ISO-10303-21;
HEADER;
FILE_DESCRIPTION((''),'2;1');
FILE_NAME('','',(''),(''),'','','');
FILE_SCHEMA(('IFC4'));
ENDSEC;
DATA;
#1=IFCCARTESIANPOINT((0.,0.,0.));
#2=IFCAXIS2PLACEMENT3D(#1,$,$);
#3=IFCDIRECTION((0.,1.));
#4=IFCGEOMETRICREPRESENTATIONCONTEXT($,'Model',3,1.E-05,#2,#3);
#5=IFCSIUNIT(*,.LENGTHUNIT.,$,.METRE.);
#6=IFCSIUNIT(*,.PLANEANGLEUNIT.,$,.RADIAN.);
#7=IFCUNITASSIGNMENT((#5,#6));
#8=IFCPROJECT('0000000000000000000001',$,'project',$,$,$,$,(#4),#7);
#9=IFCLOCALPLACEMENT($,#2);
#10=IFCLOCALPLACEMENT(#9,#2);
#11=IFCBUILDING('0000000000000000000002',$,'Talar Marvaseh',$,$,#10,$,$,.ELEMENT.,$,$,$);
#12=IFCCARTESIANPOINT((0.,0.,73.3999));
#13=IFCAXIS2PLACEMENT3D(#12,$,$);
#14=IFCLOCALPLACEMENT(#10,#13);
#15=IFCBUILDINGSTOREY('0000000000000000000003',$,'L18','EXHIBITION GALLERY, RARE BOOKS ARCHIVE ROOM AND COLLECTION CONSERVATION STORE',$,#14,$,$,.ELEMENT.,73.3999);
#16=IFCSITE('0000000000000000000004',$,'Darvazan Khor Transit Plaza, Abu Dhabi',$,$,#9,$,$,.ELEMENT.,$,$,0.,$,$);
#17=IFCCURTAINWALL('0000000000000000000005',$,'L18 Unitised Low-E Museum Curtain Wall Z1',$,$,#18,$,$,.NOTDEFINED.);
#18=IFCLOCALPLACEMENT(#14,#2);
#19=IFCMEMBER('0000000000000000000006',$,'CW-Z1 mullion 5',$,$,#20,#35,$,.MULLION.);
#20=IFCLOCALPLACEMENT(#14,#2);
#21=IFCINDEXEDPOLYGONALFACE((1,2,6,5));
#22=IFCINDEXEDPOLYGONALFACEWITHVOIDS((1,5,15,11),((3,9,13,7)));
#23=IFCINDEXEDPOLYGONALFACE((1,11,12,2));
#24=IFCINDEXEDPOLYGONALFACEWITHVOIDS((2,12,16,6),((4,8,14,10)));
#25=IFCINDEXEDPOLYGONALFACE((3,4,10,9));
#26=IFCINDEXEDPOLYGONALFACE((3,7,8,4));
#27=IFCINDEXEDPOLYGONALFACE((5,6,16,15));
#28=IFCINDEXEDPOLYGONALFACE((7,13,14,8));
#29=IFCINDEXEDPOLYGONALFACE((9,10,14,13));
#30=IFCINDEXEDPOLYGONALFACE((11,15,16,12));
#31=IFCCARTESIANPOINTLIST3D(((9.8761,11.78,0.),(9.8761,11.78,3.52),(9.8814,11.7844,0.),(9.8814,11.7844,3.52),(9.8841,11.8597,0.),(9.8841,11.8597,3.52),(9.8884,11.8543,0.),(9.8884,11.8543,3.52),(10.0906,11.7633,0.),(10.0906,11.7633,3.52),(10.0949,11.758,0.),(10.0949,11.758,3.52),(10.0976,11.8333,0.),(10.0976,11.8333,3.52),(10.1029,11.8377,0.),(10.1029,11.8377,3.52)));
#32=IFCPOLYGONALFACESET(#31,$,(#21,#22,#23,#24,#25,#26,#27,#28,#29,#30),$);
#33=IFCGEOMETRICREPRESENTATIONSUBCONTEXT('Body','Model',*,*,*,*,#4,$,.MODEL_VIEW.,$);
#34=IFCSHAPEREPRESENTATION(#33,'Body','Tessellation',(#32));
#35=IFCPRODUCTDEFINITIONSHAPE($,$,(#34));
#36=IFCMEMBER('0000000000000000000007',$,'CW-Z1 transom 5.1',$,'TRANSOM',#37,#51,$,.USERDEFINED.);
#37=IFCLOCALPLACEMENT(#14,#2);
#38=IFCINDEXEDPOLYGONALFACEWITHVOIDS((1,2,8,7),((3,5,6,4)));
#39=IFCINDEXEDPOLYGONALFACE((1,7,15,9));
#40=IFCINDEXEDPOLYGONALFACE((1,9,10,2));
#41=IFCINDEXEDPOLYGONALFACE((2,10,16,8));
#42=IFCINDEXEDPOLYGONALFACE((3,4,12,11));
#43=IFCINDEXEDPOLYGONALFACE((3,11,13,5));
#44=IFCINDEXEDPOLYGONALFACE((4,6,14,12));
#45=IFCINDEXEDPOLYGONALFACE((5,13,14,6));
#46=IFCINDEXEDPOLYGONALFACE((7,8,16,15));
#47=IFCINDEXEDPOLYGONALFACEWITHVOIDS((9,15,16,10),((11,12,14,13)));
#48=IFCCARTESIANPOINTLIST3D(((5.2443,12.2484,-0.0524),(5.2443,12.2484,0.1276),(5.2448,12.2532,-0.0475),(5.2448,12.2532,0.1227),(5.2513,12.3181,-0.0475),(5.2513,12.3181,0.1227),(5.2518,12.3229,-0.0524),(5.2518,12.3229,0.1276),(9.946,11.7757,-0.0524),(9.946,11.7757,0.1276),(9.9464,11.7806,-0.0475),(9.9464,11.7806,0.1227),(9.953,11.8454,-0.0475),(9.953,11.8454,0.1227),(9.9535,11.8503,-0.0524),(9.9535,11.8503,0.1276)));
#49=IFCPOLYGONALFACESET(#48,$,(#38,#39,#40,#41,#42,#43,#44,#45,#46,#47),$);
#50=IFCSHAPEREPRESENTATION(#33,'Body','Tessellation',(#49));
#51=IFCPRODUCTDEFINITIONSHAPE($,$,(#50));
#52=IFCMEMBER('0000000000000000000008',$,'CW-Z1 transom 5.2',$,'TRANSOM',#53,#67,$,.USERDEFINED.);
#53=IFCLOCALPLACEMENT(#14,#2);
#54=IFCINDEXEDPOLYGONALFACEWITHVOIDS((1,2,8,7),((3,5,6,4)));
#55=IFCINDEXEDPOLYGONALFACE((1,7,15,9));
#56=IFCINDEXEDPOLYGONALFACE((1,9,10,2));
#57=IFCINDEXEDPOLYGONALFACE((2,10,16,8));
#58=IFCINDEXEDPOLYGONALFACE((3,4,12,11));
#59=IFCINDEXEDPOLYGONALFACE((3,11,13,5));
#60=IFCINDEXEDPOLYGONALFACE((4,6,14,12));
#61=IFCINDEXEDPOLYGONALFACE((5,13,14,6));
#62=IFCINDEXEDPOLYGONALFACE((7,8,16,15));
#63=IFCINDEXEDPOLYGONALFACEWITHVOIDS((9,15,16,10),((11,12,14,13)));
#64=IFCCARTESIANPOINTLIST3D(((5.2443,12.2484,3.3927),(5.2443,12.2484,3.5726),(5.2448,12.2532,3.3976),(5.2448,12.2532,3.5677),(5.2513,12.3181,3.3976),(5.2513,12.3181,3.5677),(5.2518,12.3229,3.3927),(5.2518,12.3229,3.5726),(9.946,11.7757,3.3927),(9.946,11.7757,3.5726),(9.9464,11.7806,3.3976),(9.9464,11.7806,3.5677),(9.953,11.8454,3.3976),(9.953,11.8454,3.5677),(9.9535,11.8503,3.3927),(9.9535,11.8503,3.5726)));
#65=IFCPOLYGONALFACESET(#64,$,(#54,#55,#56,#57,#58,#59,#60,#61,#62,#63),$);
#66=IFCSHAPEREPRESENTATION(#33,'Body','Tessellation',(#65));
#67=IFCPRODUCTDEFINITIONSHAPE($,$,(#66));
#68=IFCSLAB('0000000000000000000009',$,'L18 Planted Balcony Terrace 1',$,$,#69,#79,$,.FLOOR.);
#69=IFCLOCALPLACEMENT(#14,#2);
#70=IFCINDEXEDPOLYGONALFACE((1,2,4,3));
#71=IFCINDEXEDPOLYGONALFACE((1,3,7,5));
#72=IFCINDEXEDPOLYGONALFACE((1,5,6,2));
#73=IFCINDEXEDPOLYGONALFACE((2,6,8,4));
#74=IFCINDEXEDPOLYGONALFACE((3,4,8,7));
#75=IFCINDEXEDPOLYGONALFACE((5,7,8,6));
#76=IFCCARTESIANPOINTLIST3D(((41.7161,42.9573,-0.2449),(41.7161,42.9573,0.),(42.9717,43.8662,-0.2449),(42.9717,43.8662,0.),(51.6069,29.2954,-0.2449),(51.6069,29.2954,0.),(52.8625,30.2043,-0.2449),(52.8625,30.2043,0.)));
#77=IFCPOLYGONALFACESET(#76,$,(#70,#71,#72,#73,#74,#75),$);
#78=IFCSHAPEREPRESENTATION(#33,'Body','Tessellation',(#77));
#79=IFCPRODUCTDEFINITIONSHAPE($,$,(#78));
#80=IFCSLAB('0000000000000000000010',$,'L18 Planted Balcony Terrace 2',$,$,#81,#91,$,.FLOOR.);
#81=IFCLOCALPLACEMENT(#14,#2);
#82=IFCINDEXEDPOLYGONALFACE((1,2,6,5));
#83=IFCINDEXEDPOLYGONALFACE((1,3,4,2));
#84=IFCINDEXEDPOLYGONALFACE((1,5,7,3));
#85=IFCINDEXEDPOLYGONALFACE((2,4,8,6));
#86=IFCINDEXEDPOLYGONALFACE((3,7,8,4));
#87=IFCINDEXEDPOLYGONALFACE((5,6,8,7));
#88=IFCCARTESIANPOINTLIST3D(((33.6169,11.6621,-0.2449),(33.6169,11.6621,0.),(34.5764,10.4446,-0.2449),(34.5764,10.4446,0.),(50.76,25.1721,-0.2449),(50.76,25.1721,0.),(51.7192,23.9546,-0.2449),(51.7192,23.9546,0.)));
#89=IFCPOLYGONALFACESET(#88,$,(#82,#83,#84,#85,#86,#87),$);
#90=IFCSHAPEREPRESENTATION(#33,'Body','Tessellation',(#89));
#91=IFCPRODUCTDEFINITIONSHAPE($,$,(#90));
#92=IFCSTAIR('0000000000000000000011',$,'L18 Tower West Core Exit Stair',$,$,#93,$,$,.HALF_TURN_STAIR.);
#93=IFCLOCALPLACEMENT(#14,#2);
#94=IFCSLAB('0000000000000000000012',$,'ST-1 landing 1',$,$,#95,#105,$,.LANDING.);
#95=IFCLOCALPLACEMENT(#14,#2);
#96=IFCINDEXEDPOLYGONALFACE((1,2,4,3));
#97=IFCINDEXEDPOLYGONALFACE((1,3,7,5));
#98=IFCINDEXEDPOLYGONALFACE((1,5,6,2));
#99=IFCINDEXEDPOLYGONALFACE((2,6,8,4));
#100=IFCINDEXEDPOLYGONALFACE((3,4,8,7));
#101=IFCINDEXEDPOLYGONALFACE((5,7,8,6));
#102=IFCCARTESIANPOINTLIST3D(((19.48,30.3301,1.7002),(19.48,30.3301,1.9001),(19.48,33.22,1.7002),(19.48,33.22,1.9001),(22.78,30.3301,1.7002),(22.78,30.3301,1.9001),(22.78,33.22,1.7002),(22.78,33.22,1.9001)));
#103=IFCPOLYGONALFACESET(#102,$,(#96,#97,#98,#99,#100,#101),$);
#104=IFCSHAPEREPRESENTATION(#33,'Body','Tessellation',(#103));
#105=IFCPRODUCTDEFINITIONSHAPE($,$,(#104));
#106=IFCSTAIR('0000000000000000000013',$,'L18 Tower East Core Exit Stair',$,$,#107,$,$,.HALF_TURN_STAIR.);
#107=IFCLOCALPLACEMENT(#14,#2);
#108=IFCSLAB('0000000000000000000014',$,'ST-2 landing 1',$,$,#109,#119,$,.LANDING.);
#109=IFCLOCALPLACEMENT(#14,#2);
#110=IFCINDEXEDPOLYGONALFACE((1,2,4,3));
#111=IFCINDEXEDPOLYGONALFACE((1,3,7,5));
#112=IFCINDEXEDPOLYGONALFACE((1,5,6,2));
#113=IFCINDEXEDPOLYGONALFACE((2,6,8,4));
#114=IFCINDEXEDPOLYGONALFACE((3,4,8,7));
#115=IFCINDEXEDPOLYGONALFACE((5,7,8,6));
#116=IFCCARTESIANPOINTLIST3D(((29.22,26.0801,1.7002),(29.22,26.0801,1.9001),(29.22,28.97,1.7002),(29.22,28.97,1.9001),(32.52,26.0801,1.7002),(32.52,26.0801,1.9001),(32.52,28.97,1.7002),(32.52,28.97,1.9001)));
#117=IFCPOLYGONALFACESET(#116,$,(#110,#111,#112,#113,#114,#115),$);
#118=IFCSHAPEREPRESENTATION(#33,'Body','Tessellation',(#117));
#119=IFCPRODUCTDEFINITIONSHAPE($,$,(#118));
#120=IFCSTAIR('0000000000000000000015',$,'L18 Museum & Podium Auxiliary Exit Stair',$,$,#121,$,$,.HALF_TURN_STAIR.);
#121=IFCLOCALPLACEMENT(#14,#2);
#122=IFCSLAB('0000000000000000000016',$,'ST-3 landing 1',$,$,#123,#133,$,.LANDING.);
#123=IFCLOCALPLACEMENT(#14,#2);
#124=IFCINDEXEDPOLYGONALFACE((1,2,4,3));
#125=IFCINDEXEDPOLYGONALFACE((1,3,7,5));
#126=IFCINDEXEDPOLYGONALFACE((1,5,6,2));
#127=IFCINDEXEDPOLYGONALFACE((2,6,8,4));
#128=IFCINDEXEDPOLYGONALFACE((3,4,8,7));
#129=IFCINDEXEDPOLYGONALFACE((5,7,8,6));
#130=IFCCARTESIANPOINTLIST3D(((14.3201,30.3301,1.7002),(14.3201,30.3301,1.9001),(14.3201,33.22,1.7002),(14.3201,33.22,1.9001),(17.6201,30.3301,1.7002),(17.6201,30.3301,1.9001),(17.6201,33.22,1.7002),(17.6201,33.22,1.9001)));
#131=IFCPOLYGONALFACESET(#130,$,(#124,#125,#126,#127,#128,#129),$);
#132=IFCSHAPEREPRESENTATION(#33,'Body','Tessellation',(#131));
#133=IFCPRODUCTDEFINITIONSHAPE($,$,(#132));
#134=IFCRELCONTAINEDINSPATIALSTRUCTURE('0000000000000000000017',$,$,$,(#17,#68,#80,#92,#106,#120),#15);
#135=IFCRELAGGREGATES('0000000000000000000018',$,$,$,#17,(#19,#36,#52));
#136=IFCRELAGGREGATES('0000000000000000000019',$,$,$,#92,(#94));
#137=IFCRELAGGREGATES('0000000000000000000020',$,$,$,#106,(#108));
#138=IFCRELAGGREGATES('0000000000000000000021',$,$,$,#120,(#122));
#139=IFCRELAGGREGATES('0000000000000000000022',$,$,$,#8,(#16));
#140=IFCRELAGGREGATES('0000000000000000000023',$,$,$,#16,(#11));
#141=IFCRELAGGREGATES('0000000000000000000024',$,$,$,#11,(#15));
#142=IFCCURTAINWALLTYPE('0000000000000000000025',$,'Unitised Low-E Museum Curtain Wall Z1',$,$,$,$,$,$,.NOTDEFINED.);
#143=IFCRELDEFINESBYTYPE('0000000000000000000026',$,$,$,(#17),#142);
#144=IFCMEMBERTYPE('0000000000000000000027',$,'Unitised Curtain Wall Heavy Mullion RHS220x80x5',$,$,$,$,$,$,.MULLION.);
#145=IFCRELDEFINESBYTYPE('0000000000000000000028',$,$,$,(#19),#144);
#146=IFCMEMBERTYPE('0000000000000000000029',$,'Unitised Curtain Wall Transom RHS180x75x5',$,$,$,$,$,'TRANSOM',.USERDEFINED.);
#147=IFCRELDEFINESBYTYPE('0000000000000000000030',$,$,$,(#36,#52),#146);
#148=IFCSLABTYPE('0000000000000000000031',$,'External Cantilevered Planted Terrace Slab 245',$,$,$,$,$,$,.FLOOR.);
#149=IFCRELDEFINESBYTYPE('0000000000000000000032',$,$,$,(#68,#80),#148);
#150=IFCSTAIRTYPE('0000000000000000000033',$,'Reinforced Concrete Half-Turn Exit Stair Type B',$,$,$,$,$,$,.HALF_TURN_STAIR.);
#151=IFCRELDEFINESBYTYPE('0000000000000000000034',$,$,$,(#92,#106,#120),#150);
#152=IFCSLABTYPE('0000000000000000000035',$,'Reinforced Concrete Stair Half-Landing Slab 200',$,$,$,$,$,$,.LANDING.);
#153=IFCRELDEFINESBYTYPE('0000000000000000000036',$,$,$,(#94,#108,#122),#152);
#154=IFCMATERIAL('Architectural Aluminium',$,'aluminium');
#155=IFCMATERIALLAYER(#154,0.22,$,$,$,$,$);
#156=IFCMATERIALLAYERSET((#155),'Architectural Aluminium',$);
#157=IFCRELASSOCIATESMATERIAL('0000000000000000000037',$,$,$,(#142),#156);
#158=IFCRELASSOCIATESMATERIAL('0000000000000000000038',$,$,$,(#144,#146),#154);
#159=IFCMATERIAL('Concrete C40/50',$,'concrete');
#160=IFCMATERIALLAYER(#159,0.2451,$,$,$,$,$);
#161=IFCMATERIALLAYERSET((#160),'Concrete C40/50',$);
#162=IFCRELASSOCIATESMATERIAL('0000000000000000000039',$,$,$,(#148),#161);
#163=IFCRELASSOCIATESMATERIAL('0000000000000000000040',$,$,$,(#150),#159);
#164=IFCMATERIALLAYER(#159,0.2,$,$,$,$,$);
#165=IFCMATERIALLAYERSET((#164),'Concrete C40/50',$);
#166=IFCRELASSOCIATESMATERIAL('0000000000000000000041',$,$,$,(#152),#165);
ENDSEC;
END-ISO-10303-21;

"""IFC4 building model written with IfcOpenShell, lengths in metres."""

from ifc_helpers import new_model, si_unit, direction, frame, origin, origin_2d, place, context, subcontext, project, spatial, polyline, hollow_rectangle, outline, extrude, source, transform, mapped, material, layer, layer_set, material_profile, profile_set, type_object, type_shapes, element, aggregate, save


model = new_model("IFC4")

# Units and contexts
model_context = context("Model", 3, precision=1e-05, world=origin(), true_north=direction((0.0, 1.0)))
body_context = subcontext(model_context, "Body", "Model", "MODEL_VIEW")
ifc_project = project(units=[si_unit("LENGTHUNIT", "METRE"), si_unit("PLANEANGLEUNIT", "RADIAN")], contexts=[model_context])

# Site, building, storey
site_placement = place(None, origin())
site = spatial("IfcSite", under=ifc_project, at=site_placement, Name="Darvazan Khor Transit Plaza, Abu Dhabi", CompositionType="ELEMENT", RefElevation=0.0)
building_placement = place(site_placement, origin())
building = spatial("IfcBuilding", under=site, at=building_placement, Name="Talar Marvaseh", CompositionType="ELEMENT")
storey_placement = place(building_placement, frame((0.0, 0.0, 73.3999)))
storey = spatial("IfcBuildingStorey", under=building, at=storey_placement, Name="L18", Description="EXHIBITION GALLERY, RARE BOOKS ARCHIVE ROOM AND COLLECTION CONSERVATION STORE", CompositionType="ELEMENT", Elevation=73.3999)

# Curtain wall, members
ifc_material_1 = material(Name="Architectural Aluminium", Category="aluminium")
ifc_layer_1 = layer(ifc_material_1, 0.22)
ifc_layer_set_1 = layer_set([ifc_layer_1], Name="Architectural Aluminium")
curtain_wall_type = type_object("IfcCurtainWallType", Name="Unitised Low-E Museum Curtain Wall Z1", PredefinedType="NOTDEFINED", material=ifc_layer_set_1)
curtain_wall_placement = place(storey_placement, origin())
curtain_wall = element("IfcCurtainWall", 1, at=curtain_wall_placement, inside=storey, type_object=curtain_wall_type, Name="L18 Unitised Low-E Museum Curtain Wall Z1", PredefinedType="NOTDEFINED")
ifc_material_profile_1 = material_profile(ifc_material_1, hollow_rectangle(XDim=0.0801, YDim=0.22, WallThickness=0.0049, at=origin_2d()), Name="RHS220x80x5")
ifc_profile_set_1 = profile_set([ifc_material_profile_1], Name="Architectural Aluminium")
member_type_1 = type_object("IfcMemberType", Name="Unitised Curtain Wall Heavy Mullion RHS220x80x5", PredefinedType="MULLION", material=ifc_profile_set_1)
shared_shape_1 = source(origin(), body_context, "Body", "SweptSolid", [
    extrude(hollow_rectangle(XDim=0.0801, YDim=0.22, WallThickness=0.0049, at=origin_2d()), origin(), (0.0, 0.0, 1.0), 3.52),
])
type_shapes(member_type_1, [shared_shape_1])
member_1_placement = place(storey_placement, frame((9.9895, 11.8088, 0.0), z_axis=(0.0, 0.0, 1.0), x_axis=(-0.100034, -0.994984, 0.0)))
member_1 = element("IfcMember", 2, at=member_1_placement, type_object=member_type_1, Name="CW-Z1 mullion 5", PredefinedType="MULLION", context=body_context, shape_type="MappedRepresentation", body=[
    mapped(shared_shape_1, transform((0.0, 0.0, 0.0), x_axis=(1.0, 0.0, 0.0), y_axis=(0.0, 1.0, 0.0), z_axis=(0.0, 0.0, 1.0), scale=1.0)),
])
ifc_material_profile_2 = material_profile(ifc_material_1, hollow_rectangle(XDim=0.075, YDim=0.1799, WallThickness=0.0049, at=origin_2d()), Name="RHS180x75x5")
ifc_profile_set_2 = profile_set([ifc_material_profile_2], Name="Architectural Aluminium")
member_type_2 = type_object("IfcMemberType", Name="Unitised Curtain Wall Transom RHS180x75x5", ElementType="TRANSOM", PredefinedType="USERDEFINED", material=ifc_profile_set_2)
shared_shape_2 = source(origin(), body_context, "Body", "SweptSolid", [
    extrude(hollow_rectangle(XDim=0.075, YDim=0.1799, WallThickness=0.0049, at=origin_2d()), origin(), (0.0, 0.0, 1.0), 4.7253),
])
type_shapes(member_type_2, [shared_shape_2])
member_2_placement = place(storey_placement, frame((9.9497, 11.813, 0.0376), z_axis=(-0.994985, 0.100025, 0.0), x_axis=(-0.100025, -0.994985, 0.0)))
member_2 = element("IfcMember", 3, at=member_2_placement, type_object=member_type_2, Name="CW-Z1 transom 5.1", ObjectType="TRANSOM", PredefinedType="USERDEFINED", context=body_context, shape_type="MappedRepresentation", body=[
    mapped(shared_shape_2, transform((0.0, 0.0, 0.0), x_axis=(1.0, 0.0, 0.0), y_axis=(0.0, 1.0, 0.0), z_axis=(0.0, 0.0, 1.0), scale=1.0)),
])
member_3_placement = place(storey_placement, frame((9.9497, 11.813, 3.4827), z_axis=(-0.994985, 0.100025, 0.0), x_axis=(-0.100025, -0.994985, 0.0)))
member_3 = element("IfcMember", 4, at=member_3_placement, type_object=member_type_2, Name="CW-Z1 transom 5.2", ObjectType="TRANSOM", PredefinedType="USERDEFINED", context=body_context, shape_type="MappedRepresentation", body=[
    mapped(shared_shape_2, transform((0.0, 0.0, 0.0), x_axis=(1.0, 0.0, 0.0), y_axis=(0.0, 1.0, 0.0), z_axis=(0.0, 0.0, 1.0), scale=1.0)),
])
aggregate(curtain_wall, [member_1, member_2, member_3])

# Slabs
ifc_material_2 = material(Name="Concrete C40/50", Category="concrete")
ifc_layer_2 = layer(ifc_material_2, 0.2451)
ifc_layer_set_2 = layer_set([ifc_layer_2], Name="Concrete C40/50")
slab_type_1 = type_object("IfcSlabType", Name="External Cantilevered Planted Terrace Slab 245", PredefinedType="FLOOR", material=ifc_layer_set_2)
slab_1_placement = place(storey_placement, frame((0.0, 0.0, -0.2449)))
element("IfcSlab", 5, at=slab_1_placement, inside=storey, type_object=slab_type_1, Name="L18 Planted Balcony Terrace 1", PredefinedType="FLOOR", context=body_context, shape_type="SweptSolid", body=[
    extrude(outline(polyline([(41.7161, 42.9573), (51.6069, 29.2954), (52.8625, 30.2043), (42.9717, 43.8662), (41.7161, 42.9573)])), origin(), (0.0, 0.0, 1.0), 0.2449),
])
slab_2_placement = place(storey_placement, frame((0.0, 0.0, -0.2449)))
element("IfcSlab", 6, at=slab_2_placement, inside=storey, type_object=slab_type_1, Name="L18 Planted Balcony Terrace 2", PredefinedType="FLOOR", context=body_context, shape_type="SweptSolid", body=[
    extrude(outline(polyline([(50.76, 25.1721), (33.6169, 11.6621), (34.5764, 10.4446), (51.7192, 23.9546), (50.76, 25.1721)])), origin(), (0.0, 0.0, 1.0), 0.2449),
])

# Stairs, slabs
stair_type = type_object("IfcStairType", Name="Reinforced Concrete Half-Turn Exit Stair Type B", PredefinedType="HALF_TURN_STAIR", material=ifc_material_2)
stair_1_placement = place(storey_placement, origin())
stair_1 = element("IfcStair", 7, at=stair_1_placement, inside=storey, type_object=stair_type, Name="L18 Tower West Core Exit Stair", PredefinedType="HALF_TURN_STAIR")
ifc_layer_3 = layer(ifc_material_2, 0.2)
ifc_layer_set_3 = layer_set([ifc_layer_3], Name="Concrete C40/50")
slab_type_2 = type_object("IfcSlabType", Name="Reinforced Concrete Stair Half-Landing Slab 200", PredefinedType="LANDING", material=ifc_layer_set_3)
slab_3_placement = place(storey_placement, frame((0.0, 0.0, 1.7002)))
slab_3 = element("IfcSlab", 8, at=slab_3_placement, type_object=slab_type_2, Name="ST-1 landing 1", PredefinedType="LANDING", context=body_context, shape_type="SweptSolid", body=[
    extrude(outline(polyline([(22.78, 30.3301), (22.78, 33.22), (19.48, 33.22), (19.48, 30.3301), (22.78, 30.3301)])), origin(), (0.0, 0.0, 1.0), 0.2),
])
aggregate(stair_1, [slab_3])
stair_2_placement = place(storey_placement, origin())
stair_2 = element("IfcStair", 9, at=stair_2_placement, inside=storey, type_object=stair_type, Name="L18 Tower East Core Exit Stair", PredefinedType="HALF_TURN_STAIR")
slab_4_placement = place(storey_placement, frame((0.0, 0.0, 1.7002)))
slab_4 = element("IfcSlab", 10, at=slab_4_placement, type_object=slab_type_2, Name="ST-2 landing 1", PredefinedType="LANDING", context=body_context, shape_type="SweptSolid", body=[
    extrude(outline(polyline([(29.22, 28.97), (29.22, 26.0801), (32.52, 26.0801), (32.52, 28.97), (29.22, 28.97)])), origin(), (0.0, 0.0, 1.0), 0.2),
])
aggregate(stair_2, [slab_4])
stair_3_placement = place(storey_placement, origin())
stair_3 = element("IfcStair", 11, at=stair_3_placement, inside=storey, type_object=stair_type, Name="L18 Museum & Podium Auxiliary Exit Stair", PredefinedType="HALF_TURN_STAIR")
slab_5_placement = place(storey_placement, frame((0.0, 0.0, 1.7002)))
slab_5 = element("IfcSlab", 12, at=slab_5_placement, type_object=slab_type_2, Name="ST-3 landing 1", PredefinedType="LANDING", context=body_context, shape_type="SweptSolid", body=[
    extrude(outline(polyline([(17.6201, 30.3301), (17.6201, 33.22), (14.3201, 33.22), (14.3201, 30.3301), (17.6201, 30.3301)])), origin(), (0.0, 0.0, 1.0), 0.2),
])
aggregate(stair_3, [slab_5])

save(model, "model.ifc")
